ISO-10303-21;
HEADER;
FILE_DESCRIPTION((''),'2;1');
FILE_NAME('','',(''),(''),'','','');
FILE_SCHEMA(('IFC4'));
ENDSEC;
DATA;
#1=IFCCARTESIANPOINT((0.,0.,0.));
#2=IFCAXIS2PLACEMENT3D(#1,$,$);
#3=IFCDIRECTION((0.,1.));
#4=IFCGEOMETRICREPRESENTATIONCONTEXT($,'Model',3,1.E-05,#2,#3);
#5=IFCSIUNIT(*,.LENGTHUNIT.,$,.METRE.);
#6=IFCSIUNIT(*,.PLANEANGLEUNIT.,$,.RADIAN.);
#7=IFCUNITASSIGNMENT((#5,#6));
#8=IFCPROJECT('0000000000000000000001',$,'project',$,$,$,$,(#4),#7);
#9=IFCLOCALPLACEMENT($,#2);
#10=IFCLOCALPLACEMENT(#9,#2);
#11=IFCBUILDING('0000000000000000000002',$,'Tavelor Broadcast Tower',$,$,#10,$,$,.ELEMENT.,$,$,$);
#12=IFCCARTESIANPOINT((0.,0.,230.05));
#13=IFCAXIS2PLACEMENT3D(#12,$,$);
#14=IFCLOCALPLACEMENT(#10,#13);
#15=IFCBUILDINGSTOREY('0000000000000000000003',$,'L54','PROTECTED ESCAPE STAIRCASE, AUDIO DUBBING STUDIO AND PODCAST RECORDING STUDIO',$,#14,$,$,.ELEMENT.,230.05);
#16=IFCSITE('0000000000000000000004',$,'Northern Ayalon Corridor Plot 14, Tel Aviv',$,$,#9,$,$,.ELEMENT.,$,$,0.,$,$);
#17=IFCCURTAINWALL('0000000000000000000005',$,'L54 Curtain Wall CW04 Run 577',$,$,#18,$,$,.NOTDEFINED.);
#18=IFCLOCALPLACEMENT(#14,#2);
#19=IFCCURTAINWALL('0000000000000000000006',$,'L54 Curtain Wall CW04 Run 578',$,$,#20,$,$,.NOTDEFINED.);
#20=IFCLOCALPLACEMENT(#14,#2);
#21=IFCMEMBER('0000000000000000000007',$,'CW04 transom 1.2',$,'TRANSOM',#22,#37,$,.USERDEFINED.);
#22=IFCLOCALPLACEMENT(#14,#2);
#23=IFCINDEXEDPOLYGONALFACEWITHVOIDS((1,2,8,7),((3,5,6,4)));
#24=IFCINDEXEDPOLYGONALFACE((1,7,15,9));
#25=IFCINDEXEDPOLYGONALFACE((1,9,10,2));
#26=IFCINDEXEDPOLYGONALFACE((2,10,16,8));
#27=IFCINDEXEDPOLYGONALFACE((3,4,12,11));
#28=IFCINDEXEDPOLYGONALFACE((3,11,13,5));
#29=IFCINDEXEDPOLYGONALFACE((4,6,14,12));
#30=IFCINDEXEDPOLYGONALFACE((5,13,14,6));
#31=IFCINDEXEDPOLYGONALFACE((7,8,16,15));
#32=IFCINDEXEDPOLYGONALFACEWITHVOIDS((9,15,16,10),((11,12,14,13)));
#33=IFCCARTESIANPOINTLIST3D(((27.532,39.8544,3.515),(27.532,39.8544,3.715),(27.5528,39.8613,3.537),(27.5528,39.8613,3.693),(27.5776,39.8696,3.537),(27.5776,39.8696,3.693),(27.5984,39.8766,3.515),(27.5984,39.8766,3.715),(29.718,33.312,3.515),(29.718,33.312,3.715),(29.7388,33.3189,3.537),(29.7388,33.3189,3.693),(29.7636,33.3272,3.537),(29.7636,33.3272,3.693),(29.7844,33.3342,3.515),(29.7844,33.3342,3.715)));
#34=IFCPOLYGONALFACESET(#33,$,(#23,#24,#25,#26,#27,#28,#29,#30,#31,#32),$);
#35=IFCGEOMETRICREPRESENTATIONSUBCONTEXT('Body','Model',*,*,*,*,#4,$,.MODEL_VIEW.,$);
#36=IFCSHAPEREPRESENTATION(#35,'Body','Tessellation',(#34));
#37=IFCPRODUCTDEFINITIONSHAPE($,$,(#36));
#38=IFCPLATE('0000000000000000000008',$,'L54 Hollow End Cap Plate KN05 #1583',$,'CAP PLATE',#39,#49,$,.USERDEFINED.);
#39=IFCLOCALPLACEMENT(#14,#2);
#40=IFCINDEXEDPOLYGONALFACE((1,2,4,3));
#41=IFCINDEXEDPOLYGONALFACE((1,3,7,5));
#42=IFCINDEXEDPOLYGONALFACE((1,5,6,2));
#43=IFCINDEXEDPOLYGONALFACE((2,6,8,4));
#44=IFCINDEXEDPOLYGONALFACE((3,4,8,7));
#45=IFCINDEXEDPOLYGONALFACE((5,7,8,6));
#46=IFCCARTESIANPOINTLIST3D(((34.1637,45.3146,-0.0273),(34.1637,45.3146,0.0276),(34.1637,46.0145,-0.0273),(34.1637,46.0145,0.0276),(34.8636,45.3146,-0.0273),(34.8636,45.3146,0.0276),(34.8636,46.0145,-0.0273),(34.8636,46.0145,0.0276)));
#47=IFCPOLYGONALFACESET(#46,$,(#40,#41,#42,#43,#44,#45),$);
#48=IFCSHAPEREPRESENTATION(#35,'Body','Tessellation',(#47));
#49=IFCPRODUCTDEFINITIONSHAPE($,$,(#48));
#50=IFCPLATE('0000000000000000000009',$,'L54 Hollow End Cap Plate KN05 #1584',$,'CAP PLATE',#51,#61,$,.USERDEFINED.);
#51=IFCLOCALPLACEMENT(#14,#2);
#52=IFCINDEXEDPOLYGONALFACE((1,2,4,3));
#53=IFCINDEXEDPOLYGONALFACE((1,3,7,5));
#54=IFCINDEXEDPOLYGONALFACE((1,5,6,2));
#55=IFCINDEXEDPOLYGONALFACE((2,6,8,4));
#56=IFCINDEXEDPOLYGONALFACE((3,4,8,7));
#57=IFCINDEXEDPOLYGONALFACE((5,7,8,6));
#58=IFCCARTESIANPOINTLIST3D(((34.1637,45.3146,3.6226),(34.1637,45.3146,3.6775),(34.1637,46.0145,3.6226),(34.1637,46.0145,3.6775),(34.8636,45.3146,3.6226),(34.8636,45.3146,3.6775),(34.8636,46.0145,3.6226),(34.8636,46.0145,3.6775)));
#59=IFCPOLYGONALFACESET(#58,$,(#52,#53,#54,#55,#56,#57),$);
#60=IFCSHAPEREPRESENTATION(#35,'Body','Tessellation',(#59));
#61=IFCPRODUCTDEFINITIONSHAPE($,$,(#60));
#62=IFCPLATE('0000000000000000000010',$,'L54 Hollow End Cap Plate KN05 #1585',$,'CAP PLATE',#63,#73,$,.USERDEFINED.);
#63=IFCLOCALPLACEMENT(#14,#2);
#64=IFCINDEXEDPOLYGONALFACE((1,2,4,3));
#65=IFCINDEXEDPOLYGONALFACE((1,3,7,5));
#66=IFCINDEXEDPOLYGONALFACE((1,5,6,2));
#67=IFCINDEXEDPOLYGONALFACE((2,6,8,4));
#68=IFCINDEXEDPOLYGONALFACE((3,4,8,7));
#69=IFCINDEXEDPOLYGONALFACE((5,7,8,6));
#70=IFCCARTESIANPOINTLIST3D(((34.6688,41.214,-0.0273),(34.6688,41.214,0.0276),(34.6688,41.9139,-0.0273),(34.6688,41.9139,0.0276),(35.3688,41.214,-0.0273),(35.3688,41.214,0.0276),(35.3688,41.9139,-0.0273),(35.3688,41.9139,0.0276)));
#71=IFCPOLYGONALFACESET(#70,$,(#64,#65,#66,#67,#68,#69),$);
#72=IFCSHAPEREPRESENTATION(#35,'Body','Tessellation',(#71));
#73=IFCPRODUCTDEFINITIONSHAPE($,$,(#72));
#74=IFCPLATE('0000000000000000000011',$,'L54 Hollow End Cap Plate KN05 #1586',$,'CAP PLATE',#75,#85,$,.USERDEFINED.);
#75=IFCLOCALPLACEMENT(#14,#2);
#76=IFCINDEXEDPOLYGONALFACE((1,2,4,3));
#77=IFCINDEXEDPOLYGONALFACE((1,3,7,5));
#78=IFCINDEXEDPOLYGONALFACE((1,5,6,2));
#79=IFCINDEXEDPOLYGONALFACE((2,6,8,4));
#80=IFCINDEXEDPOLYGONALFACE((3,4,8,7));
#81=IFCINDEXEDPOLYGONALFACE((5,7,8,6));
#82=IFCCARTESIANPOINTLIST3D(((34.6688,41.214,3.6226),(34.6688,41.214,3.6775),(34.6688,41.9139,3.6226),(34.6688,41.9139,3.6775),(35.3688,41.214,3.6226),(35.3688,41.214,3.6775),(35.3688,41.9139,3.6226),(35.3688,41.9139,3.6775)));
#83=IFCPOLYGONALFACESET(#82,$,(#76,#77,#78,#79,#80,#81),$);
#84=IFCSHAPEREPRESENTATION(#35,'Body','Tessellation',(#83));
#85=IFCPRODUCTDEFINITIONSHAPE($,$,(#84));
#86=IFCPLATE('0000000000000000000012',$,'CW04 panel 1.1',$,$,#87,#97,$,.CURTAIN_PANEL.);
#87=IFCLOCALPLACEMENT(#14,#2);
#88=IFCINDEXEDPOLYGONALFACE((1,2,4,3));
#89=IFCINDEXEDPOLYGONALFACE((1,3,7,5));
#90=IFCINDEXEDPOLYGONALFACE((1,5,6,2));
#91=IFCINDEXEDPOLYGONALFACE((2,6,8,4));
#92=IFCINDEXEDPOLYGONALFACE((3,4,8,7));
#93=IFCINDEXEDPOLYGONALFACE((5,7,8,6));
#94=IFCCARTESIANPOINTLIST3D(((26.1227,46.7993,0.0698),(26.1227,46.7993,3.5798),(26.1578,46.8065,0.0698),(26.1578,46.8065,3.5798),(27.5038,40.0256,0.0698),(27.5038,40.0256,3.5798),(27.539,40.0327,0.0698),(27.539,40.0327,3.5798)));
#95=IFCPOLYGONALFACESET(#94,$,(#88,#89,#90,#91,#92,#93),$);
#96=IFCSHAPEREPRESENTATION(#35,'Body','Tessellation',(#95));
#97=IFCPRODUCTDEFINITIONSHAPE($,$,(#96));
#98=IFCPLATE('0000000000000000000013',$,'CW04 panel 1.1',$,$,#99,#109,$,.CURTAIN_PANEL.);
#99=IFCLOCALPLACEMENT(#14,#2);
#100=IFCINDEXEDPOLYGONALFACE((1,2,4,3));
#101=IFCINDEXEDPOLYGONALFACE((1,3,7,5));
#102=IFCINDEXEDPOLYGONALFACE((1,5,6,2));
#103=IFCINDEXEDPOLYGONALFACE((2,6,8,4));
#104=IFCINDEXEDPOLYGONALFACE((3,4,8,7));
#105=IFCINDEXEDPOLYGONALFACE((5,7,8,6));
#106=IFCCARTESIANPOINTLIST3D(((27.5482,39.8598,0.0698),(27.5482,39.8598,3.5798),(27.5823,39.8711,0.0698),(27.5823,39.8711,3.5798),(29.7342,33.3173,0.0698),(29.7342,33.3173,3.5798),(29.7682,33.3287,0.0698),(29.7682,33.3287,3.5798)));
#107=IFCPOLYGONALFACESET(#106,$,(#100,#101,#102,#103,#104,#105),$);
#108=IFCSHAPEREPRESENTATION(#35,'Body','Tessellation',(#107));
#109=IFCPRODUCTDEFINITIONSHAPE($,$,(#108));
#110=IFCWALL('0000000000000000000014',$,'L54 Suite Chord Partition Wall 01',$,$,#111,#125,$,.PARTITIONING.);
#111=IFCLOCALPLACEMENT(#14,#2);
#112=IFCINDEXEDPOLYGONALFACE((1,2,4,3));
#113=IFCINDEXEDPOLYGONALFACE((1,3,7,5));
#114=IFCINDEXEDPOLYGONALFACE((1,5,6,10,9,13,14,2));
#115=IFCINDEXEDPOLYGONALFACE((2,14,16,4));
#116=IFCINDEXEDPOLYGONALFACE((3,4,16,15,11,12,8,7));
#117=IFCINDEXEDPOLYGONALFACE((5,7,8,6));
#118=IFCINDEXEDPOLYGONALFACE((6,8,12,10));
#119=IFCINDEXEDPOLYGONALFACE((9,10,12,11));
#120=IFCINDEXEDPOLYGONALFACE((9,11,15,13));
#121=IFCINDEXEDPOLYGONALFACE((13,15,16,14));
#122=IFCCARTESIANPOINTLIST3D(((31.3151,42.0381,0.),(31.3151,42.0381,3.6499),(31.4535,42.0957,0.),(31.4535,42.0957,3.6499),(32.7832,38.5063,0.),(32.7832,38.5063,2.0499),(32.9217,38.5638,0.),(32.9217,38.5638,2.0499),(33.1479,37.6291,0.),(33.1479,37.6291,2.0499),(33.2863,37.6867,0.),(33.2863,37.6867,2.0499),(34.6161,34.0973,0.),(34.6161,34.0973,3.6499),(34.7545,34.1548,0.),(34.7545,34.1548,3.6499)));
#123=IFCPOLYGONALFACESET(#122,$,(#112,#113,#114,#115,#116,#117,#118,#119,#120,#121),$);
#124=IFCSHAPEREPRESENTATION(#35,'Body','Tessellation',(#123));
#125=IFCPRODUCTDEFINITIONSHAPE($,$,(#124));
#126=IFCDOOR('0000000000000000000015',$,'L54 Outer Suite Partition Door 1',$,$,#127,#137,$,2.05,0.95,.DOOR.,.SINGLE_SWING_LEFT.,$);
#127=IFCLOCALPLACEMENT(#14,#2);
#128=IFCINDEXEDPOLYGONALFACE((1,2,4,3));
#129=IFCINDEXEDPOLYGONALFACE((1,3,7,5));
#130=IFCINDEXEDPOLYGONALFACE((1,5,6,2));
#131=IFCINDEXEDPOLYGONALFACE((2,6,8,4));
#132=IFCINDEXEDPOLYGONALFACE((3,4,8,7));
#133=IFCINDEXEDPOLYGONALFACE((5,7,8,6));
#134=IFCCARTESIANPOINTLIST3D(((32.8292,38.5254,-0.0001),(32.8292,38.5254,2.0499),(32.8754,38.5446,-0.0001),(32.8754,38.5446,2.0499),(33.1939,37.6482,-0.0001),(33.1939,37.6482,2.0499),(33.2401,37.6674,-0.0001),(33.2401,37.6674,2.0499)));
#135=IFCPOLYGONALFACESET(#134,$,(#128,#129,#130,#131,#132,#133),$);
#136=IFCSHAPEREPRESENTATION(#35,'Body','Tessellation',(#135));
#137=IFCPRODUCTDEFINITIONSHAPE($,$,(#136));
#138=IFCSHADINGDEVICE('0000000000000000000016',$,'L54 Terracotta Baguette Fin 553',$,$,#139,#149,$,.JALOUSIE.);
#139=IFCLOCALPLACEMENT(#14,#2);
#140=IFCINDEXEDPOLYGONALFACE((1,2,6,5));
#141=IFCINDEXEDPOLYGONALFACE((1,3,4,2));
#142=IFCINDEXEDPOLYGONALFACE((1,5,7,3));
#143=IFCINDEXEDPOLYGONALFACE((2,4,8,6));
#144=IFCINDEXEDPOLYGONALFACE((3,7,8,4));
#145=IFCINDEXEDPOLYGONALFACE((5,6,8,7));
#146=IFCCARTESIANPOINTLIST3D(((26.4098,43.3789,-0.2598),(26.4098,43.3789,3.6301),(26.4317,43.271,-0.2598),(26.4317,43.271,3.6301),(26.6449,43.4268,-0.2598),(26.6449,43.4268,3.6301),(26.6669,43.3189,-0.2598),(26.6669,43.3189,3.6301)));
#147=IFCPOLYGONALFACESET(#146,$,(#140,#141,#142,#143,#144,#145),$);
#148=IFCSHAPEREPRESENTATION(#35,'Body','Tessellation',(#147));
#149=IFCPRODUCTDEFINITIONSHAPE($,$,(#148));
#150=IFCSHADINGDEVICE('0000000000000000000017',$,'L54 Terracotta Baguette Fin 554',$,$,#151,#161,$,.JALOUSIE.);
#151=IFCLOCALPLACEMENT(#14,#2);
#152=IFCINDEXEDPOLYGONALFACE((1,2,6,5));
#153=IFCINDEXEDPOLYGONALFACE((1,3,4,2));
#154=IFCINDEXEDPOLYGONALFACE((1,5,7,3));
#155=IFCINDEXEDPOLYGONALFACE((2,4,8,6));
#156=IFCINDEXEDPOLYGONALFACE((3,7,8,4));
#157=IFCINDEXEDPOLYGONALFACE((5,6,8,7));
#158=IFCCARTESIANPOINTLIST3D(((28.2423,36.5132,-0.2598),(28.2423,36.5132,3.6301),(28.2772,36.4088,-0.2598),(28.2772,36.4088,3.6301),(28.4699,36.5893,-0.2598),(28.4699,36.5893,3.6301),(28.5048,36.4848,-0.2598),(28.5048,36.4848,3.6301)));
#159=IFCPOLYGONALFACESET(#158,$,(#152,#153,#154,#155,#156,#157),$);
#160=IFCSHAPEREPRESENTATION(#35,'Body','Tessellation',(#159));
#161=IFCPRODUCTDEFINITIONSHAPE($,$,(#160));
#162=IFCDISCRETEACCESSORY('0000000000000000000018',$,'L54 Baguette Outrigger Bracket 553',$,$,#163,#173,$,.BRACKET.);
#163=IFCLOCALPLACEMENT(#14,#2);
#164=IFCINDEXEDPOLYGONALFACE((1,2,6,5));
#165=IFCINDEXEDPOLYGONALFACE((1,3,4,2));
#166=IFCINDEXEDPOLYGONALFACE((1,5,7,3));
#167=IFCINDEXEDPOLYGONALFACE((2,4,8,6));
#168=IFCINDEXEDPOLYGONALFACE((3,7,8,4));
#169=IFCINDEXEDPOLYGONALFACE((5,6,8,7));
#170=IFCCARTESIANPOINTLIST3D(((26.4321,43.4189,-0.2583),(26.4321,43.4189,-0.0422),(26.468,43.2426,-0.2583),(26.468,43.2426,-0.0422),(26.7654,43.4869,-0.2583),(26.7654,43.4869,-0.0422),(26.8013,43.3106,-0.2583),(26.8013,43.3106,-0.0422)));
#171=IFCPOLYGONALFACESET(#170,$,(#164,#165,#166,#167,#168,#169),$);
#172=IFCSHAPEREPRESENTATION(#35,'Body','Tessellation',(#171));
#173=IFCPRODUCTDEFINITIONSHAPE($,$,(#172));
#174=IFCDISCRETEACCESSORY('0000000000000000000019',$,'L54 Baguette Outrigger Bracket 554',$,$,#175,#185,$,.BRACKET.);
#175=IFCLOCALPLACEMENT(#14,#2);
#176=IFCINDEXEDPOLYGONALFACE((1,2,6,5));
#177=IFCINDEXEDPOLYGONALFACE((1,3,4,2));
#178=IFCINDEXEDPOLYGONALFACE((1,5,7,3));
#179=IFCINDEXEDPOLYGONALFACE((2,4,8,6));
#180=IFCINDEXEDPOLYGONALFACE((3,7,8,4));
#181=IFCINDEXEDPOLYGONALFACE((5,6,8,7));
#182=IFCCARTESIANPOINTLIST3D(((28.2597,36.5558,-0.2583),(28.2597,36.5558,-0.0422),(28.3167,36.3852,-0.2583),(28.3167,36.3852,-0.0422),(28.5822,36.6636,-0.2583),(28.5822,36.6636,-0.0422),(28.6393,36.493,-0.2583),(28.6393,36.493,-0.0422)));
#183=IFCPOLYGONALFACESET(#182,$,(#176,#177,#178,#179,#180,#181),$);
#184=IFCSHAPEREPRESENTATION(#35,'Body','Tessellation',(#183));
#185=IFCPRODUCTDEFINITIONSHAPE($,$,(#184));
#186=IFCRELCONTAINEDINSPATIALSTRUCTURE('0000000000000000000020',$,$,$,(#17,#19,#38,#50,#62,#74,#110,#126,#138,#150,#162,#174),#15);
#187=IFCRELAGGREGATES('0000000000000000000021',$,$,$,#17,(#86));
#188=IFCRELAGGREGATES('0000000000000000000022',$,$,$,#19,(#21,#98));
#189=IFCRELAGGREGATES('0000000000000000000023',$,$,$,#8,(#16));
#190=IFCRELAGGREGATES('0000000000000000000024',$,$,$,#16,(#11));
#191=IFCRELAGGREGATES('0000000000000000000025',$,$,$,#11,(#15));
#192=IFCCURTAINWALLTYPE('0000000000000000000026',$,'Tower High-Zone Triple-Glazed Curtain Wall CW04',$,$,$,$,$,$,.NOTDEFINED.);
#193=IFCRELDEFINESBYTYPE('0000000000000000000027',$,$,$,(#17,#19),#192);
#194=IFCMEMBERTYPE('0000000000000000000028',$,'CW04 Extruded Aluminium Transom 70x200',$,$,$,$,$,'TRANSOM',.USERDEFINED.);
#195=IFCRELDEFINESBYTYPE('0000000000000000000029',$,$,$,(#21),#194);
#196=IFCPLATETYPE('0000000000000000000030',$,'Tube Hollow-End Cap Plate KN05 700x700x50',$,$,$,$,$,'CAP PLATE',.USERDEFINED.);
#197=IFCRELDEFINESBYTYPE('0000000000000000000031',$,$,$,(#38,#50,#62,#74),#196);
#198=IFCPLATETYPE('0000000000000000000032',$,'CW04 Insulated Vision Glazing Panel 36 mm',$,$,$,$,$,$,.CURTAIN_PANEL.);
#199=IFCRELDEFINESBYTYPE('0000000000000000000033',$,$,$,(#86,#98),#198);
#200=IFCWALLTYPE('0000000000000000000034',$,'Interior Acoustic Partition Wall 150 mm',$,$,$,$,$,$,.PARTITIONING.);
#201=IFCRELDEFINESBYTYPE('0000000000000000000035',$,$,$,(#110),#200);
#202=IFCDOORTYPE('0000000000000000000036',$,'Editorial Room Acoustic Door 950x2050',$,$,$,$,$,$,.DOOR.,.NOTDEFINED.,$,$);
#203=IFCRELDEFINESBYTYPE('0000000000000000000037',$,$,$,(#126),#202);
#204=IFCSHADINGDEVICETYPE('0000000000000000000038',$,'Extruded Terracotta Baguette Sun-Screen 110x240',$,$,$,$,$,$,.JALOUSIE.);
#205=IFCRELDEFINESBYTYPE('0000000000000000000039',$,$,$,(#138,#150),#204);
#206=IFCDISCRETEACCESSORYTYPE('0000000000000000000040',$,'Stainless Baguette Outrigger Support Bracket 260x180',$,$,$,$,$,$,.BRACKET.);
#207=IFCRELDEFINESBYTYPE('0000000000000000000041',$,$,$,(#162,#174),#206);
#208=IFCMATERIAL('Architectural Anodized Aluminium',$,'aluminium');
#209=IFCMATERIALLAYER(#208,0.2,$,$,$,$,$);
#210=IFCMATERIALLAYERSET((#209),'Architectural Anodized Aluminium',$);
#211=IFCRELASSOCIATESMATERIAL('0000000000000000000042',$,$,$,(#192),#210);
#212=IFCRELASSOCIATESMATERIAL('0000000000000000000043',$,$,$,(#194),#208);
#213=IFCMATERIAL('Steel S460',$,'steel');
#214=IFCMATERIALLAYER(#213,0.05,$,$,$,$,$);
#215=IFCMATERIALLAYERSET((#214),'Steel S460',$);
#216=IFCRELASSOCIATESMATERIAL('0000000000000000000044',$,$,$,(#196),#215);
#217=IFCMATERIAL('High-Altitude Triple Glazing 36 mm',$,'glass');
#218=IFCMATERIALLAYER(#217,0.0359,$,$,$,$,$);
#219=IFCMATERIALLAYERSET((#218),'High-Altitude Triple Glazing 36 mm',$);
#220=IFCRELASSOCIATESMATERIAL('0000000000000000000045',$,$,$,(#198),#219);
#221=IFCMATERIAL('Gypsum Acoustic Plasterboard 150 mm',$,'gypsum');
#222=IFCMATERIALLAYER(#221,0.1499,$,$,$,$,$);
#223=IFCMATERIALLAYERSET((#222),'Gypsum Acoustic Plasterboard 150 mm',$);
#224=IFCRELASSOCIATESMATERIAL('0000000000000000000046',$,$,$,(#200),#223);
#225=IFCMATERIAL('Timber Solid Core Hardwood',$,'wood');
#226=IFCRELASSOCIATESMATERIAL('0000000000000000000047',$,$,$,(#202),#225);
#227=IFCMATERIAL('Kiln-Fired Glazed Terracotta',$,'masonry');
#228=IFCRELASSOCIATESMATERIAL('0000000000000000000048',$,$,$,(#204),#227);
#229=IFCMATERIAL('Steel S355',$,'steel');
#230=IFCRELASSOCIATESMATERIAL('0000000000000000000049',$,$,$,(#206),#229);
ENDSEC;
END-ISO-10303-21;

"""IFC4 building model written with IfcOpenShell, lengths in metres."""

from ifc_helpers import new_model, si_unit, direction, frame, frame_2d, origin, origin_2d, place, context, subcontext, project, spatial, rectangle, hollow_rectangle, extrude, source, transform, mapped, material, layer, layer_set, material_profile, profile_set, type_object, type_shapes, element, fill, aggregate, save


model = new_model("IFC4")

# Units and contexts
model_context = context("Model", 3, precision=1e-05, world=origin(), true_north=direction((0.0, 1.0)))
body_context = subcontext(model_context, "Body", "Model", "MODEL_VIEW")
ifc_project = project(units=[si_unit("LENGTHUNIT", "METRE"), si_unit("PLANEANGLEUNIT", "RADIAN")], contexts=[model_context])

# Site, building, storey
site_placement = place(None, origin())
site = spatial("IfcSite", under=ifc_project, at=site_placement, Name="Northern Ayalon Corridor Plot 14, Tel Aviv", CompositionType="ELEMENT", RefElevation=0.0)
building_placement = place(site_placement, origin())
building = spatial("IfcBuilding", under=site, at=building_placement, Name="Tavelor Broadcast Tower", CompositionType="ELEMENT")
storey_placement = place(building_placement, frame((0.0, 0.0, 230.05)))
storey = spatial("IfcBuildingStorey", under=building, at=storey_placement, Name="L54", Description="PROTECTED ESCAPE STAIRCASE, AUDIO DUBBING STUDIO AND PODCAST RECORDING STUDIO", CompositionType="ELEMENT", Elevation=230.05)

# Shared definitions
ifc_material_1 = material(Name="Steel S460", Category="steel")

# Shared definitions
ifc_material_2 = material(Name="Steel S355", Category="steel")

# Curtain wall
ifc_material_3 = material(Name="Architectural Anodized Aluminium", Category="aluminium")
ifc_layer_1 = layer(ifc_material_3, 0.2)
ifc_layer_set_1 = layer_set([ifc_layer_1], Name="Architectural Anodized Aluminium")
curtain_wall_type = type_object("IfcCurtainWallType", Name="Tower High-Zone Triple-Glazed Curtain Wall CW04", PredefinedType="NOTDEFINED", material=ifc_layer_set_1)
curtain_wall_1_placement = place(storey_placement, origin())
curtain_wall_1 = element("IfcCurtainWall", 1, at=curtain_wall_1_placement, inside=storey, type_object=curtain_wall_type, Name="L54 Curtain Wall CW04 Run 577", PredefinedType="NOTDEFINED")

# Curtain wall
curtain_wall_2_placement = place(storey_placement, origin())
curtain_wall_2 = element("IfcCurtainWall", 2, at=curtain_wall_2_placement, inside=storey, type_object=curtain_wall_type, Name="L54 Curtain Wall CW04 Run 578", PredefinedType="NOTDEFINED")

# Member
ifc_material_profile_1 = material_profile(ifc_material_3, hollow_rectangle(XDim=0.0701, YDim=0.2, WallThickness=0.022, at=origin_2d()), Name="RHS 70x200x22")
ifc_profile_set_1 = profile_set([ifc_material_profile_1], Name="Architectural Anodized Aluminium")
member_type_1 = type_object("IfcMemberType", Name="CW04 Extruded Aluminium Transom 70x200", ElementType="TRANSOM", PredefinedType="USERDEFINED", material=ifc_profile_set_1)
shared_shape_1 = source(origin(), body_context, "Body", "SweptSolid", [
    extrude(hollow_rectangle(XDim=0.0701, YDim=0.2, WallThickness=0.022, at=origin_2d()), origin(), (0.0, 0.0, 1.0), 6.8979),
])
member_1_placement = place(storey_placement, frame((27.5652, 39.8655, 3.615), z_axis=(0.316907, -0.948457, 0.0), x_axis=(0.948457, 0.316907, 0.0)))
member_1 = element("IfcMember", 3, at=member_1_placement, type_object=member_type_1, Name="CW04 transom 1.2", ObjectType="TRANSOM", PredefinedType="USERDEFINED", context=body_context, shape_type="MappedRepresentation", body=[
    mapped(shared_shape_1, transform((0.0, 0.0, 0.0), scale=1.0)),
])

# Plates
ifc_layer_2 = layer(ifc_material_1, 0.05)
ifc_layer_set_2 = layer_set([ifc_layer_2], Name="Steel S460")
plate_type_1 = type_object("IfcPlateType", Name="Tube Hollow-End Cap Plate KN05 700x700x50", ElementType="CAP PLATE", PredefinedType="USERDEFINED", material=ifc_layer_set_2)
shared_shape_2 = source(origin(), body_context, "Body", "SweptSolid", [
    extrude(rectangle(XDim=0.7, YDim=0.7, at=origin_2d()), origin(), (0.0, 0.0, 1.0), 0.0549),
])
type_shapes(plate_type_1, [shared_shape_2])
for number, where, z_axis, x_axis, name in (
    (4, (34.5137, 45.6646, -0.0273), (0.0, 0.0, 1.0), (1.0, 0.0, 0.0), "L54 Hollow End Cap Plate KN05 #1583"),
    (5, (34.5137, 45.6646, 3.6226), (0.0, 0.0, 1.0), (1.0, 0.0, 0.0), "L54 Hollow End Cap Plate KN05 #1584"),
    (6, (35.0188, 41.564, -0.0273), (0.0, 0.0, 1.0), (1.0, 0.0, 0.0), "L54 Hollow End Cap Plate KN05 #1585"),
    (7, (35.0188, 41.564, 3.6226), (0.0, 0.0, 1.0), (1.0, 0.0, 0.0), "L54 Hollow End Cap Plate KN05 #1586"),
):
    element("IfcPlate", number, at=place(storey_placement, frame(where, z_axis=z_axis, x_axis=x_axis)), inside=storey, type_object=plate_type_1, Name=name, ObjectType="CAP PLATE", PredefinedType="USERDEFINED", context=body_context, shape_type="MappedRepresentation", body=[
        mapped(shared_shape_2, transform((0.0, 0.0, 0.0), scale=1.0)),
    ])

# Plates
ifc_material_4 = material(Name="High-Altitude Triple Glazing 36 mm", Category="glass")
ifc_layer_3 = layer(ifc_material_4, 0.0359)
ifc_layer_set_3 = layer_set([ifc_layer_3], Name="High-Altitude Triple Glazing 36 mm")
plate_type_2 = type_object("IfcPlateType", Name="CW04 Insulated Vision Glazing Panel 36 mm", PredefinedType="CURTAIN_PANEL", material=ifc_layer_set_3)
shared_shape_3 = source(origin(), body_context, "Body", "SweptSolid", [
    extrude(rectangle(XDim=6.9131, YDim=0.0359, at=origin_2d()), origin(), (0.0, 0.0, 1.0), 3.51),
])
plate_1_placement = place(storey_placement, frame((26.8308, 43.416, 0.0698), z_axis=(0.0, 0.0, 1.0), x_axis=(0.199788, -0.979839, 0.0)))
plate_1 = element("IfcPlate", 8, at=plate_1_placement, type_object=plate_type_2, Name="CW04 panel 1.1", PredefinedType="CURTAIN_PANEL", context=body_context, shape_type="MappedRepresentation", body=[
    mapped(shared_shape_3, transform((0.0, 0.0, 0.0), scale=1.0)),
])
aggregate(curtain_wall_1, [plate_1])
shared_shape_4 = source(origin(), body_context, "Body", "SweptSolid", [
    extrude(rectangle(XDim=6.8979, YDim=0.0359, at=origin_2d()), origin(), (0.0, 0.0, 1.0), 3.51),
])
type_shapes(plate_type_2, [shared_shape_3, shared_shape_4])
plate_2_placement = place(storey_placement, frame((28.6582, 36.5942, 0.0698), z_axis=(0.0, 0.0, 1.0), x_axis=(0.316897, -0.94846, 0.0)))
plate_2 = element("IfcPlate", 9, at=plate_2_placement, type_object=plate_type_2, Name="CW04 panel 1.1", PredefinedType="CURTAIN_PANEL", context=body_context, shape_type="MappedRepresentation", body=[
    mapped(shared_shape_4, transform((0.0, 0.0, 0.0), scale=1.0)),
])
aggregate(curtain_wall_2, [member_1, plate_2])

# Wall, opening, door
ifc_material_5 = material(Name="Gypsum Acoustic Plasterboard 150 mm", Category="gypsum")
ifc_layer_4 = layer(ifc_material_5, 0.1499)
ifc_layer_set_4 = layer_set([ifc_layer_4], Name="Gypsum Acoustic Plasterboard 150 mm")
wall_type = type_object("IfcWallType", Name="Interior Acoustic Partition Wall 150 mm", PredefinedType="PARTITIONING", material=ifc_layer_set_4)
wall_placement = place(storey_placement, frame((31.3843, 42.0669, 0.0), z_axis=(0.0, 0.0, 1.0), x_axis=(0.383853, -0.923394, 0.0)))
wall = element("IfcWall", 10, at=wall_placement, inside=storey, type_object=wall_type, Name="L54 Suite Chord Partition Wall 01", PredefinedType="PARTITIONING", context=body_context, shape_type="SweptSolid", body=[
    extrude(rectangle(XDim=8.5996, YDim=0.1499, at=frame_2d((4.2998, 0.0))), origin(), (0.0, 0.0, 1.0), 3.6499),
])
opening_placement = place(wall_placement, frame((3.8247, 0.0, 0.0)))
opening = element("IfcOpeningElement", 11, at=opening_placement, cuts=wall, PredefinedType="OPENING", context=body_context, shape_type="SweptSolid", body=[
    extrude(rectangle(XDim=0.95, YDim=2.05, at=frame_2d((0.4751, 1.0249))), frame((0.0, 0.085, 0.0), z_axis=(0.0, -1.0, 0.0), x_axis=(1.0, 0.0, 0.0)), (0.0, 0.0, 1.0), 0.1699),
])
ifc_material_6 = material(Name="Timber Solid Core Hardwood", Category="wood")
door_type = type_object("IfcDoorType", Name="Editorial Room Acoustic Door 950x2050", OperationType="NOTDEFINED", PredefinedType="DOOR", material=ifc_material_6)
door_placement = place(opening_placement, origin())
door = element("IfcDoor", 12, at=door_placement, inside=storey, type_object=door_type, Name="L54 Outer Suite Partition Door 1", OperationType="SINGLE_SWING_LEFT", OverallHeight=2.05, OverallWidth=0.95, PredefinedType="DOOR", context=body_context, shape_type="SweptSolid", body=[
    extrude(rectangle(XDim=0.95, YDim=2.05, at=frame_2d((0.4751, 1.0249))), frame((0.0, 0.0249, 0.0), z_axis=(0.0, -1.0, 0.0), x_axis=(1.0, 0.0, 0.0)), (0.0, 0.0, 1.0), 0.05),
])
fill(opening, door)

# Shading devices
ifc_material_7 = material(Name="Kiln-Fired Glazed Terracotta", Category="masonry")
shading_device_type = type_object("IfcShadingDeviceType", Name="Extruded Terracotta Baguette Sun-Screen 110x240", PredefinedType="JALOUSIE", material=ifc_material_7)
shared_shape_5 = source(origin(), body_context, "Body", "SweptSolid", [
    extrude(rectangle(XDim=0.1101, YDim=0.24, at=origin_2d()), origin(), (0.0, 0.0, 1.0), 3.8899),
])
type_shapes(shading_device_type, [shared_shape_5])
for number, where, z_axis, x_axis, name in (
    (13, (26.5383, 43.3489, -0.2598), (0.0, 0.0, 1.0), (0.19971, -0.979855, 0.0), "L54 Terracotta Baguette Fin 553"),
    (14, (28.3735, 36.499, -0.2598), (0.0, 0.0, 1.0), (0.316974, -0.948434, 0.0), "L54 Terracotta Baguette Fin 554"),
):
    element("IfcShadingDevice", number, at=place(storey_placement, frame(where, z_axis=z_axis, x_axis=x_axis)), inside=storey, type_object=shading_device_type, Name=name, PredefinedType="JALOUSIE", context=body_context, shape_type="MappedRepresentation", body=[
        mapped(shared_shape_5, transform((0.0, 0.0, 0.0), scale=1.0)),
    ])

# Discrete accessories
discrete_accessory_type = type_object("IfcDiscreteAccessoryType", Name="Stainless Baguette Outrigger Support Bracket 260x180", PredefinedType="BRACKET", material=ifc_material_2)
shared_shape_6 = source(origin(), body_context, "Body", "SweptSolid", [
    extrude(rectangle(XDim=0.1799, YDim=0.3401, at=origin_2d()), origin(), (0.0, 0.0, 1.0), 0.2161),
])
type_shapes(discrete_accessory_type, [shared_shape_6])
for number, where, z_axis, x_axis, name in (
    (15, (26.6167, 43.3647, -0.2583), (0.0, 0.0, 1.0), (0.19971, -0.979855, 0.0), "L54 Baguette Outrigger Bracket 553"),
    (16, (28.4495, 36.5244, -0.2583), (0.0, 0.0, 1.0), (0.316974, -0.948434, 0.0), "L54 Baguette Outrigger Bracket 554"),
):
    element("IfcDiscreteAccessory", number, at=place(storey_placement, frame(where, z_axis=z_axis, x_axis=x_axis)), inside=storey, type_object=discrete_accessory_type, Name=name, PredefinedType="BRACKET", context=body_context, shape_type="MappedRepresentation", body=[
        mapped(shared_shape_6, transform((0.0, 0.0, 0.0), scale=1.0)),
    ])

save(model, "model.ifc")
